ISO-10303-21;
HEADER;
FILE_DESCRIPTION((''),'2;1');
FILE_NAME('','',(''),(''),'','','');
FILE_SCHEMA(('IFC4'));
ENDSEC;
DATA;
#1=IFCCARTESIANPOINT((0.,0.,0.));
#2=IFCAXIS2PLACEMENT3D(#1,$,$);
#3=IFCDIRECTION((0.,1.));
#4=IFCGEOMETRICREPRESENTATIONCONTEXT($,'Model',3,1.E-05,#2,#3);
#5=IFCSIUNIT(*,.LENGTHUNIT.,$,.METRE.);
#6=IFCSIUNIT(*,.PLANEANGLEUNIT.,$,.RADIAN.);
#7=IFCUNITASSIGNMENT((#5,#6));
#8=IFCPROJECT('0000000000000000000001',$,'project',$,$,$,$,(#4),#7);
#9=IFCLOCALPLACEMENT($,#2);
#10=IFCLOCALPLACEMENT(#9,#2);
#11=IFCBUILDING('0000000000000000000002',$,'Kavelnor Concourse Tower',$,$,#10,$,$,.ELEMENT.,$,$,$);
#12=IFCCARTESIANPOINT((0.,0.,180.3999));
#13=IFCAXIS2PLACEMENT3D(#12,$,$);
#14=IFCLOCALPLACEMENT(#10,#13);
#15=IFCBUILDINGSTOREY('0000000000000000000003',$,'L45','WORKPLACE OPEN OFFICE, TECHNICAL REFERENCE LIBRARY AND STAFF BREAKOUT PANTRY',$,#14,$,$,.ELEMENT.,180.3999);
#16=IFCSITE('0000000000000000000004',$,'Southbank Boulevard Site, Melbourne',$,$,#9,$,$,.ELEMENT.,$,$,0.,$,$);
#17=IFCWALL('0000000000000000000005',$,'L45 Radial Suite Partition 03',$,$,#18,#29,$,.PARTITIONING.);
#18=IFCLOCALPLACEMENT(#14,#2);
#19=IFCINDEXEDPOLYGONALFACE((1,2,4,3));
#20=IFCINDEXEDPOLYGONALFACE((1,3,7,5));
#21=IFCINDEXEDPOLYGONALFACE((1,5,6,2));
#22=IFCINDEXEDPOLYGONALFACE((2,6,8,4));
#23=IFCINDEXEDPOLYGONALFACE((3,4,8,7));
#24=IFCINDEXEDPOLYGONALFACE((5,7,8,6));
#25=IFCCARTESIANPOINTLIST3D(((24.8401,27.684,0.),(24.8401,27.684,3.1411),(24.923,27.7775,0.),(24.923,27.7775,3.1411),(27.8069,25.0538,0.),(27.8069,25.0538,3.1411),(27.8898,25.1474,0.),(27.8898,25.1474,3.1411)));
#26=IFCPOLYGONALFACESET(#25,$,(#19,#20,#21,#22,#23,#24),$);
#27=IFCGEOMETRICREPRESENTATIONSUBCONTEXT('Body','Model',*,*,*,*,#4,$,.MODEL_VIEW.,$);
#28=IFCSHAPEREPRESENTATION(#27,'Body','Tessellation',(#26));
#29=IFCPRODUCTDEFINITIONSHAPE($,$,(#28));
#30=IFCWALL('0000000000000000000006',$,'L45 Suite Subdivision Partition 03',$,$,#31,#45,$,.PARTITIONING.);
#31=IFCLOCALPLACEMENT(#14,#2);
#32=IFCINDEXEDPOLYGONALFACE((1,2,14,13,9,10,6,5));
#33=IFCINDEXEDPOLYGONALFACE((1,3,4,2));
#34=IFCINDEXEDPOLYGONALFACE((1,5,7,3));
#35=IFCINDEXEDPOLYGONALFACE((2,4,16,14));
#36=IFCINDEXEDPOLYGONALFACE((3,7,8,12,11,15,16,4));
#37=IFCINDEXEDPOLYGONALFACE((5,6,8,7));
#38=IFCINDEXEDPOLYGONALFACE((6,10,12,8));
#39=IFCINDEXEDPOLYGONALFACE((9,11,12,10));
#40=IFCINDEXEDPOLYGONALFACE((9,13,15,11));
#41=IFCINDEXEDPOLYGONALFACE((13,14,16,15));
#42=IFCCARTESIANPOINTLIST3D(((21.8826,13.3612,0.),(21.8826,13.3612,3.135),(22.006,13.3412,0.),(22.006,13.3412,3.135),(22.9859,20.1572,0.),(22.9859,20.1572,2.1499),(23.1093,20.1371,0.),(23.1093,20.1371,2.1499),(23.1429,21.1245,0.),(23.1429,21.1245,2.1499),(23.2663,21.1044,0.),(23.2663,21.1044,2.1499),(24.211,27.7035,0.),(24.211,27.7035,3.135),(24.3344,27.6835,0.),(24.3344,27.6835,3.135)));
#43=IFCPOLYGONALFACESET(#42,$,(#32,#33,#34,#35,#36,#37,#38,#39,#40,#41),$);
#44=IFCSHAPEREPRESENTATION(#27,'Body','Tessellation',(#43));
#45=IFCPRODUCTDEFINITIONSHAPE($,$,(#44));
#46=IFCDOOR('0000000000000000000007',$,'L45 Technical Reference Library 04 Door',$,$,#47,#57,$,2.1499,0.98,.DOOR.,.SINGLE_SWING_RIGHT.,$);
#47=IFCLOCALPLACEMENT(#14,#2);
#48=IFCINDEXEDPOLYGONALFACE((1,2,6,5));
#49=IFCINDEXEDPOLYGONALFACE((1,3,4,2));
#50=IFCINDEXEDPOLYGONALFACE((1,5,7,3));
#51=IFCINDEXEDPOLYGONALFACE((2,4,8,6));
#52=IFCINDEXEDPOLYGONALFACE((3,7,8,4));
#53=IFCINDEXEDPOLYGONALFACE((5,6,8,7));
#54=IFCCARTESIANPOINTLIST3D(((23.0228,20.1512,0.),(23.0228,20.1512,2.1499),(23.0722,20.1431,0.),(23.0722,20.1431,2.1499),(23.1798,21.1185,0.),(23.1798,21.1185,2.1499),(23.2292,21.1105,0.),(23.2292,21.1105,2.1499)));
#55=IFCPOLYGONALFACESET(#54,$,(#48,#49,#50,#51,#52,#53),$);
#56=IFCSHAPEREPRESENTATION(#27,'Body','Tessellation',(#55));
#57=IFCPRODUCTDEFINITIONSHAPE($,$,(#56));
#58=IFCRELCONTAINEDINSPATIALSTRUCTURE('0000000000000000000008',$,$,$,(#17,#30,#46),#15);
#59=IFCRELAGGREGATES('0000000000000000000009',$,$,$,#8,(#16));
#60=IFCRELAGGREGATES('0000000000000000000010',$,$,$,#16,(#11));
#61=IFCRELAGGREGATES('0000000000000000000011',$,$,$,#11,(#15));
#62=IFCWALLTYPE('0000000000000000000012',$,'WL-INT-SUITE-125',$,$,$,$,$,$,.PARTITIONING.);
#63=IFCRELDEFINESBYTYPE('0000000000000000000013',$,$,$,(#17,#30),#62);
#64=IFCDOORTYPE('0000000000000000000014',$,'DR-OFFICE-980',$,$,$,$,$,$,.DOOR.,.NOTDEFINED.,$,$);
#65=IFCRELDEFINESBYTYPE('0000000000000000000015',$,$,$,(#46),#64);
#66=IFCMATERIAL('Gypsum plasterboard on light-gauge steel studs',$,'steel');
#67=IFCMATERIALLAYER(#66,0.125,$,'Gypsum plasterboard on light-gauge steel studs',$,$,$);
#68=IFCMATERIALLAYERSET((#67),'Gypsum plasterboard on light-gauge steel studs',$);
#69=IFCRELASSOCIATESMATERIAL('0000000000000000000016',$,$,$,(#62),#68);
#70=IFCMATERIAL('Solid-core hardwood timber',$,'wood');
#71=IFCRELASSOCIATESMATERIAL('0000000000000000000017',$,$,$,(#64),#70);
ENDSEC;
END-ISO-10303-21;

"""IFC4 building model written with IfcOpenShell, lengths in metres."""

from ifc_helpers import new_model, si_unit, direction, frame, frame_2d, origin, place, context, subcontext, project, spatial, rectangle, extrude, material, layer, layer_set, type_object, element, fill, save


model = new_model("IFC4")

# Units and contexts
model_context = context("Model", 3, precision=1e-05, world=origin(), true_north=direction((0.0, 1.0)))
body_context = subcontext(model_context, "Body", "Model", "MODEL_VIEW")
ifc_project = project(units=[si_unit("LENGTHUNIT", "METRE"), si_unit("PLANEANGLEUNIT", "RADIAN")], contexts=[model_context])

# Site, building, storey
site_placement = place(None, origin())
site = spatial("IfcSite", under=ifc_project, at=site_placement, Name="Southbank Boulevard Site, Melbourne", CompositionType="ELEMENT", RefElevation=0.0)
building_placement = place(site_placement, origin())
building = spatial("IfcBuilding", under=site, at=building_placement, Name="Kavelnor Concourse Tower", CompositionType="ELEMENT")
storey_placement = place(building_placement, frame((0.0, 0.0, 180.3999)))
storey = spatial("IfcBuildingStorey", under=building, at=storey_placement, Name="L45", Description="WORKPLACE OPEN OFFICE, TECHNICAL REFERENCE LIBRARY AND STAFF BREAKOUT PANTRY", CompositionType="ELEMENT", Elevation=180.3999)

# Wall
ifc_material_1 = material(Name="Gypsum plasterboard on light-gauge steel studs", Category="steel")
ifc_layer_1 = layer(ifc_material_1, 0.125, Name="Gypsum plasterboard on light-gauge steel studs")
ifc_layer_set_1 = layer_set([ifc_layer_1], Name="Gypsum plasterboard on light-gauge steel studs")
wall_type_1 = type_object("IfcWallType", Name="WL-INT-SUITE-125", PredefinedType="PARTITIONING", material=ifc_layer_set_1)
wall_1_placement = place(storey_placement, frame((27.8484, 25.1006, 0.0), z_axis=(0.0, 0.0, 1.0), x_axis=(-0.748289, 0.663373, 0.0)))
element("IfcWall", 1, at=wall_1_placement, inside=storey, type_object=wall_type_1, Name="L45 Radial Suite Partition 03", PredefinedType="PARTITIONING", context=body_context, shape_type="SweptSolid", body=[
    extrude(rectangle(XDim=3.9648, YDim=0.125, at=frame_2d((1.9824, 0.0))), origin(), (0.0, 0.0, 1.0), 3.1411),
])

# Wall, opening, door
wall_2_placement = place(storey_placement, frame((24.2727, 27.6936, 0.0), z_axis=(0.0, 0.0, 1.0), x_axis=(-0.160245, -0.987077, 0.0)))
wall_2 = element("IfcWall", 2, at=wall_2_placement, inside=storey, type_object=wall_type_1, Name="L45 Suite Subdivision Partition 03", PredefinedType="PARTITIONING", context=body_context, shape_type="SweptSolid", body=[
    extrude(rectangle(XDim=14.53, YDim=0.125, at=frame_2d((7.2651, 0.0))), origin(), (0.0, 0.0, 1.0), 3.135),
])
opening_1_placement = place(wall_2_placement, frame((6.6653, 0.0, 0.0)))
opening_1 = element("IfcOpeningElement", 3, at=opening_1_placement, cuts=wall_2, PredefinedType="OPENING", context=body_context, shape_type="SweptSolid", body=[
    extrude(rectangle(XDim=0.98, YDim=2.1499, at=frame_2d((0.49, 1.075))), frame((0.0, 0.0725, 0.0), z_axis=(0.0, -1.0, 0.0), x_axis=(1.0, 0.0, 0.0)), (0.0, 0.0, 1.0), 0.145),
])
ifc_material_2 = material(Name="Solid-core hardwood timber", Category="wood")
door_type = type_object("IfcDoorType", Name="DR-OFFICE-980", OperationType="NOTDEFINED", PredefinedType="DOOR", material=ifc_material_2)
door_placement = place(opening_1_placement, origin())
door = element("IfcDoor", 4, at=door_placement, inside=storey, type_object=door_type, Name="L45 Technical Reference Library 04 Door", OperationType="SINGLE_SWING_RIGHT", OverallHeight=2.1499, OverallWidth=0.98, PredefinedType="DOOR", context=body_context, shape_type="SweptSolid", body=[
    extrude(rectangle(XDim=0.98, YDim=2.1499, at=frame_2d((0.49, 1.075))), frame((0.0, 0.0249, 0.0), z_axis=(0.0, -1.0, 0.0), x_axis=(1.0, 0.0, 0.0)), (0.0, 0.0, 1.0), 0.05),
])
fill(opening_1, door)

save(model, "model.ifc")
